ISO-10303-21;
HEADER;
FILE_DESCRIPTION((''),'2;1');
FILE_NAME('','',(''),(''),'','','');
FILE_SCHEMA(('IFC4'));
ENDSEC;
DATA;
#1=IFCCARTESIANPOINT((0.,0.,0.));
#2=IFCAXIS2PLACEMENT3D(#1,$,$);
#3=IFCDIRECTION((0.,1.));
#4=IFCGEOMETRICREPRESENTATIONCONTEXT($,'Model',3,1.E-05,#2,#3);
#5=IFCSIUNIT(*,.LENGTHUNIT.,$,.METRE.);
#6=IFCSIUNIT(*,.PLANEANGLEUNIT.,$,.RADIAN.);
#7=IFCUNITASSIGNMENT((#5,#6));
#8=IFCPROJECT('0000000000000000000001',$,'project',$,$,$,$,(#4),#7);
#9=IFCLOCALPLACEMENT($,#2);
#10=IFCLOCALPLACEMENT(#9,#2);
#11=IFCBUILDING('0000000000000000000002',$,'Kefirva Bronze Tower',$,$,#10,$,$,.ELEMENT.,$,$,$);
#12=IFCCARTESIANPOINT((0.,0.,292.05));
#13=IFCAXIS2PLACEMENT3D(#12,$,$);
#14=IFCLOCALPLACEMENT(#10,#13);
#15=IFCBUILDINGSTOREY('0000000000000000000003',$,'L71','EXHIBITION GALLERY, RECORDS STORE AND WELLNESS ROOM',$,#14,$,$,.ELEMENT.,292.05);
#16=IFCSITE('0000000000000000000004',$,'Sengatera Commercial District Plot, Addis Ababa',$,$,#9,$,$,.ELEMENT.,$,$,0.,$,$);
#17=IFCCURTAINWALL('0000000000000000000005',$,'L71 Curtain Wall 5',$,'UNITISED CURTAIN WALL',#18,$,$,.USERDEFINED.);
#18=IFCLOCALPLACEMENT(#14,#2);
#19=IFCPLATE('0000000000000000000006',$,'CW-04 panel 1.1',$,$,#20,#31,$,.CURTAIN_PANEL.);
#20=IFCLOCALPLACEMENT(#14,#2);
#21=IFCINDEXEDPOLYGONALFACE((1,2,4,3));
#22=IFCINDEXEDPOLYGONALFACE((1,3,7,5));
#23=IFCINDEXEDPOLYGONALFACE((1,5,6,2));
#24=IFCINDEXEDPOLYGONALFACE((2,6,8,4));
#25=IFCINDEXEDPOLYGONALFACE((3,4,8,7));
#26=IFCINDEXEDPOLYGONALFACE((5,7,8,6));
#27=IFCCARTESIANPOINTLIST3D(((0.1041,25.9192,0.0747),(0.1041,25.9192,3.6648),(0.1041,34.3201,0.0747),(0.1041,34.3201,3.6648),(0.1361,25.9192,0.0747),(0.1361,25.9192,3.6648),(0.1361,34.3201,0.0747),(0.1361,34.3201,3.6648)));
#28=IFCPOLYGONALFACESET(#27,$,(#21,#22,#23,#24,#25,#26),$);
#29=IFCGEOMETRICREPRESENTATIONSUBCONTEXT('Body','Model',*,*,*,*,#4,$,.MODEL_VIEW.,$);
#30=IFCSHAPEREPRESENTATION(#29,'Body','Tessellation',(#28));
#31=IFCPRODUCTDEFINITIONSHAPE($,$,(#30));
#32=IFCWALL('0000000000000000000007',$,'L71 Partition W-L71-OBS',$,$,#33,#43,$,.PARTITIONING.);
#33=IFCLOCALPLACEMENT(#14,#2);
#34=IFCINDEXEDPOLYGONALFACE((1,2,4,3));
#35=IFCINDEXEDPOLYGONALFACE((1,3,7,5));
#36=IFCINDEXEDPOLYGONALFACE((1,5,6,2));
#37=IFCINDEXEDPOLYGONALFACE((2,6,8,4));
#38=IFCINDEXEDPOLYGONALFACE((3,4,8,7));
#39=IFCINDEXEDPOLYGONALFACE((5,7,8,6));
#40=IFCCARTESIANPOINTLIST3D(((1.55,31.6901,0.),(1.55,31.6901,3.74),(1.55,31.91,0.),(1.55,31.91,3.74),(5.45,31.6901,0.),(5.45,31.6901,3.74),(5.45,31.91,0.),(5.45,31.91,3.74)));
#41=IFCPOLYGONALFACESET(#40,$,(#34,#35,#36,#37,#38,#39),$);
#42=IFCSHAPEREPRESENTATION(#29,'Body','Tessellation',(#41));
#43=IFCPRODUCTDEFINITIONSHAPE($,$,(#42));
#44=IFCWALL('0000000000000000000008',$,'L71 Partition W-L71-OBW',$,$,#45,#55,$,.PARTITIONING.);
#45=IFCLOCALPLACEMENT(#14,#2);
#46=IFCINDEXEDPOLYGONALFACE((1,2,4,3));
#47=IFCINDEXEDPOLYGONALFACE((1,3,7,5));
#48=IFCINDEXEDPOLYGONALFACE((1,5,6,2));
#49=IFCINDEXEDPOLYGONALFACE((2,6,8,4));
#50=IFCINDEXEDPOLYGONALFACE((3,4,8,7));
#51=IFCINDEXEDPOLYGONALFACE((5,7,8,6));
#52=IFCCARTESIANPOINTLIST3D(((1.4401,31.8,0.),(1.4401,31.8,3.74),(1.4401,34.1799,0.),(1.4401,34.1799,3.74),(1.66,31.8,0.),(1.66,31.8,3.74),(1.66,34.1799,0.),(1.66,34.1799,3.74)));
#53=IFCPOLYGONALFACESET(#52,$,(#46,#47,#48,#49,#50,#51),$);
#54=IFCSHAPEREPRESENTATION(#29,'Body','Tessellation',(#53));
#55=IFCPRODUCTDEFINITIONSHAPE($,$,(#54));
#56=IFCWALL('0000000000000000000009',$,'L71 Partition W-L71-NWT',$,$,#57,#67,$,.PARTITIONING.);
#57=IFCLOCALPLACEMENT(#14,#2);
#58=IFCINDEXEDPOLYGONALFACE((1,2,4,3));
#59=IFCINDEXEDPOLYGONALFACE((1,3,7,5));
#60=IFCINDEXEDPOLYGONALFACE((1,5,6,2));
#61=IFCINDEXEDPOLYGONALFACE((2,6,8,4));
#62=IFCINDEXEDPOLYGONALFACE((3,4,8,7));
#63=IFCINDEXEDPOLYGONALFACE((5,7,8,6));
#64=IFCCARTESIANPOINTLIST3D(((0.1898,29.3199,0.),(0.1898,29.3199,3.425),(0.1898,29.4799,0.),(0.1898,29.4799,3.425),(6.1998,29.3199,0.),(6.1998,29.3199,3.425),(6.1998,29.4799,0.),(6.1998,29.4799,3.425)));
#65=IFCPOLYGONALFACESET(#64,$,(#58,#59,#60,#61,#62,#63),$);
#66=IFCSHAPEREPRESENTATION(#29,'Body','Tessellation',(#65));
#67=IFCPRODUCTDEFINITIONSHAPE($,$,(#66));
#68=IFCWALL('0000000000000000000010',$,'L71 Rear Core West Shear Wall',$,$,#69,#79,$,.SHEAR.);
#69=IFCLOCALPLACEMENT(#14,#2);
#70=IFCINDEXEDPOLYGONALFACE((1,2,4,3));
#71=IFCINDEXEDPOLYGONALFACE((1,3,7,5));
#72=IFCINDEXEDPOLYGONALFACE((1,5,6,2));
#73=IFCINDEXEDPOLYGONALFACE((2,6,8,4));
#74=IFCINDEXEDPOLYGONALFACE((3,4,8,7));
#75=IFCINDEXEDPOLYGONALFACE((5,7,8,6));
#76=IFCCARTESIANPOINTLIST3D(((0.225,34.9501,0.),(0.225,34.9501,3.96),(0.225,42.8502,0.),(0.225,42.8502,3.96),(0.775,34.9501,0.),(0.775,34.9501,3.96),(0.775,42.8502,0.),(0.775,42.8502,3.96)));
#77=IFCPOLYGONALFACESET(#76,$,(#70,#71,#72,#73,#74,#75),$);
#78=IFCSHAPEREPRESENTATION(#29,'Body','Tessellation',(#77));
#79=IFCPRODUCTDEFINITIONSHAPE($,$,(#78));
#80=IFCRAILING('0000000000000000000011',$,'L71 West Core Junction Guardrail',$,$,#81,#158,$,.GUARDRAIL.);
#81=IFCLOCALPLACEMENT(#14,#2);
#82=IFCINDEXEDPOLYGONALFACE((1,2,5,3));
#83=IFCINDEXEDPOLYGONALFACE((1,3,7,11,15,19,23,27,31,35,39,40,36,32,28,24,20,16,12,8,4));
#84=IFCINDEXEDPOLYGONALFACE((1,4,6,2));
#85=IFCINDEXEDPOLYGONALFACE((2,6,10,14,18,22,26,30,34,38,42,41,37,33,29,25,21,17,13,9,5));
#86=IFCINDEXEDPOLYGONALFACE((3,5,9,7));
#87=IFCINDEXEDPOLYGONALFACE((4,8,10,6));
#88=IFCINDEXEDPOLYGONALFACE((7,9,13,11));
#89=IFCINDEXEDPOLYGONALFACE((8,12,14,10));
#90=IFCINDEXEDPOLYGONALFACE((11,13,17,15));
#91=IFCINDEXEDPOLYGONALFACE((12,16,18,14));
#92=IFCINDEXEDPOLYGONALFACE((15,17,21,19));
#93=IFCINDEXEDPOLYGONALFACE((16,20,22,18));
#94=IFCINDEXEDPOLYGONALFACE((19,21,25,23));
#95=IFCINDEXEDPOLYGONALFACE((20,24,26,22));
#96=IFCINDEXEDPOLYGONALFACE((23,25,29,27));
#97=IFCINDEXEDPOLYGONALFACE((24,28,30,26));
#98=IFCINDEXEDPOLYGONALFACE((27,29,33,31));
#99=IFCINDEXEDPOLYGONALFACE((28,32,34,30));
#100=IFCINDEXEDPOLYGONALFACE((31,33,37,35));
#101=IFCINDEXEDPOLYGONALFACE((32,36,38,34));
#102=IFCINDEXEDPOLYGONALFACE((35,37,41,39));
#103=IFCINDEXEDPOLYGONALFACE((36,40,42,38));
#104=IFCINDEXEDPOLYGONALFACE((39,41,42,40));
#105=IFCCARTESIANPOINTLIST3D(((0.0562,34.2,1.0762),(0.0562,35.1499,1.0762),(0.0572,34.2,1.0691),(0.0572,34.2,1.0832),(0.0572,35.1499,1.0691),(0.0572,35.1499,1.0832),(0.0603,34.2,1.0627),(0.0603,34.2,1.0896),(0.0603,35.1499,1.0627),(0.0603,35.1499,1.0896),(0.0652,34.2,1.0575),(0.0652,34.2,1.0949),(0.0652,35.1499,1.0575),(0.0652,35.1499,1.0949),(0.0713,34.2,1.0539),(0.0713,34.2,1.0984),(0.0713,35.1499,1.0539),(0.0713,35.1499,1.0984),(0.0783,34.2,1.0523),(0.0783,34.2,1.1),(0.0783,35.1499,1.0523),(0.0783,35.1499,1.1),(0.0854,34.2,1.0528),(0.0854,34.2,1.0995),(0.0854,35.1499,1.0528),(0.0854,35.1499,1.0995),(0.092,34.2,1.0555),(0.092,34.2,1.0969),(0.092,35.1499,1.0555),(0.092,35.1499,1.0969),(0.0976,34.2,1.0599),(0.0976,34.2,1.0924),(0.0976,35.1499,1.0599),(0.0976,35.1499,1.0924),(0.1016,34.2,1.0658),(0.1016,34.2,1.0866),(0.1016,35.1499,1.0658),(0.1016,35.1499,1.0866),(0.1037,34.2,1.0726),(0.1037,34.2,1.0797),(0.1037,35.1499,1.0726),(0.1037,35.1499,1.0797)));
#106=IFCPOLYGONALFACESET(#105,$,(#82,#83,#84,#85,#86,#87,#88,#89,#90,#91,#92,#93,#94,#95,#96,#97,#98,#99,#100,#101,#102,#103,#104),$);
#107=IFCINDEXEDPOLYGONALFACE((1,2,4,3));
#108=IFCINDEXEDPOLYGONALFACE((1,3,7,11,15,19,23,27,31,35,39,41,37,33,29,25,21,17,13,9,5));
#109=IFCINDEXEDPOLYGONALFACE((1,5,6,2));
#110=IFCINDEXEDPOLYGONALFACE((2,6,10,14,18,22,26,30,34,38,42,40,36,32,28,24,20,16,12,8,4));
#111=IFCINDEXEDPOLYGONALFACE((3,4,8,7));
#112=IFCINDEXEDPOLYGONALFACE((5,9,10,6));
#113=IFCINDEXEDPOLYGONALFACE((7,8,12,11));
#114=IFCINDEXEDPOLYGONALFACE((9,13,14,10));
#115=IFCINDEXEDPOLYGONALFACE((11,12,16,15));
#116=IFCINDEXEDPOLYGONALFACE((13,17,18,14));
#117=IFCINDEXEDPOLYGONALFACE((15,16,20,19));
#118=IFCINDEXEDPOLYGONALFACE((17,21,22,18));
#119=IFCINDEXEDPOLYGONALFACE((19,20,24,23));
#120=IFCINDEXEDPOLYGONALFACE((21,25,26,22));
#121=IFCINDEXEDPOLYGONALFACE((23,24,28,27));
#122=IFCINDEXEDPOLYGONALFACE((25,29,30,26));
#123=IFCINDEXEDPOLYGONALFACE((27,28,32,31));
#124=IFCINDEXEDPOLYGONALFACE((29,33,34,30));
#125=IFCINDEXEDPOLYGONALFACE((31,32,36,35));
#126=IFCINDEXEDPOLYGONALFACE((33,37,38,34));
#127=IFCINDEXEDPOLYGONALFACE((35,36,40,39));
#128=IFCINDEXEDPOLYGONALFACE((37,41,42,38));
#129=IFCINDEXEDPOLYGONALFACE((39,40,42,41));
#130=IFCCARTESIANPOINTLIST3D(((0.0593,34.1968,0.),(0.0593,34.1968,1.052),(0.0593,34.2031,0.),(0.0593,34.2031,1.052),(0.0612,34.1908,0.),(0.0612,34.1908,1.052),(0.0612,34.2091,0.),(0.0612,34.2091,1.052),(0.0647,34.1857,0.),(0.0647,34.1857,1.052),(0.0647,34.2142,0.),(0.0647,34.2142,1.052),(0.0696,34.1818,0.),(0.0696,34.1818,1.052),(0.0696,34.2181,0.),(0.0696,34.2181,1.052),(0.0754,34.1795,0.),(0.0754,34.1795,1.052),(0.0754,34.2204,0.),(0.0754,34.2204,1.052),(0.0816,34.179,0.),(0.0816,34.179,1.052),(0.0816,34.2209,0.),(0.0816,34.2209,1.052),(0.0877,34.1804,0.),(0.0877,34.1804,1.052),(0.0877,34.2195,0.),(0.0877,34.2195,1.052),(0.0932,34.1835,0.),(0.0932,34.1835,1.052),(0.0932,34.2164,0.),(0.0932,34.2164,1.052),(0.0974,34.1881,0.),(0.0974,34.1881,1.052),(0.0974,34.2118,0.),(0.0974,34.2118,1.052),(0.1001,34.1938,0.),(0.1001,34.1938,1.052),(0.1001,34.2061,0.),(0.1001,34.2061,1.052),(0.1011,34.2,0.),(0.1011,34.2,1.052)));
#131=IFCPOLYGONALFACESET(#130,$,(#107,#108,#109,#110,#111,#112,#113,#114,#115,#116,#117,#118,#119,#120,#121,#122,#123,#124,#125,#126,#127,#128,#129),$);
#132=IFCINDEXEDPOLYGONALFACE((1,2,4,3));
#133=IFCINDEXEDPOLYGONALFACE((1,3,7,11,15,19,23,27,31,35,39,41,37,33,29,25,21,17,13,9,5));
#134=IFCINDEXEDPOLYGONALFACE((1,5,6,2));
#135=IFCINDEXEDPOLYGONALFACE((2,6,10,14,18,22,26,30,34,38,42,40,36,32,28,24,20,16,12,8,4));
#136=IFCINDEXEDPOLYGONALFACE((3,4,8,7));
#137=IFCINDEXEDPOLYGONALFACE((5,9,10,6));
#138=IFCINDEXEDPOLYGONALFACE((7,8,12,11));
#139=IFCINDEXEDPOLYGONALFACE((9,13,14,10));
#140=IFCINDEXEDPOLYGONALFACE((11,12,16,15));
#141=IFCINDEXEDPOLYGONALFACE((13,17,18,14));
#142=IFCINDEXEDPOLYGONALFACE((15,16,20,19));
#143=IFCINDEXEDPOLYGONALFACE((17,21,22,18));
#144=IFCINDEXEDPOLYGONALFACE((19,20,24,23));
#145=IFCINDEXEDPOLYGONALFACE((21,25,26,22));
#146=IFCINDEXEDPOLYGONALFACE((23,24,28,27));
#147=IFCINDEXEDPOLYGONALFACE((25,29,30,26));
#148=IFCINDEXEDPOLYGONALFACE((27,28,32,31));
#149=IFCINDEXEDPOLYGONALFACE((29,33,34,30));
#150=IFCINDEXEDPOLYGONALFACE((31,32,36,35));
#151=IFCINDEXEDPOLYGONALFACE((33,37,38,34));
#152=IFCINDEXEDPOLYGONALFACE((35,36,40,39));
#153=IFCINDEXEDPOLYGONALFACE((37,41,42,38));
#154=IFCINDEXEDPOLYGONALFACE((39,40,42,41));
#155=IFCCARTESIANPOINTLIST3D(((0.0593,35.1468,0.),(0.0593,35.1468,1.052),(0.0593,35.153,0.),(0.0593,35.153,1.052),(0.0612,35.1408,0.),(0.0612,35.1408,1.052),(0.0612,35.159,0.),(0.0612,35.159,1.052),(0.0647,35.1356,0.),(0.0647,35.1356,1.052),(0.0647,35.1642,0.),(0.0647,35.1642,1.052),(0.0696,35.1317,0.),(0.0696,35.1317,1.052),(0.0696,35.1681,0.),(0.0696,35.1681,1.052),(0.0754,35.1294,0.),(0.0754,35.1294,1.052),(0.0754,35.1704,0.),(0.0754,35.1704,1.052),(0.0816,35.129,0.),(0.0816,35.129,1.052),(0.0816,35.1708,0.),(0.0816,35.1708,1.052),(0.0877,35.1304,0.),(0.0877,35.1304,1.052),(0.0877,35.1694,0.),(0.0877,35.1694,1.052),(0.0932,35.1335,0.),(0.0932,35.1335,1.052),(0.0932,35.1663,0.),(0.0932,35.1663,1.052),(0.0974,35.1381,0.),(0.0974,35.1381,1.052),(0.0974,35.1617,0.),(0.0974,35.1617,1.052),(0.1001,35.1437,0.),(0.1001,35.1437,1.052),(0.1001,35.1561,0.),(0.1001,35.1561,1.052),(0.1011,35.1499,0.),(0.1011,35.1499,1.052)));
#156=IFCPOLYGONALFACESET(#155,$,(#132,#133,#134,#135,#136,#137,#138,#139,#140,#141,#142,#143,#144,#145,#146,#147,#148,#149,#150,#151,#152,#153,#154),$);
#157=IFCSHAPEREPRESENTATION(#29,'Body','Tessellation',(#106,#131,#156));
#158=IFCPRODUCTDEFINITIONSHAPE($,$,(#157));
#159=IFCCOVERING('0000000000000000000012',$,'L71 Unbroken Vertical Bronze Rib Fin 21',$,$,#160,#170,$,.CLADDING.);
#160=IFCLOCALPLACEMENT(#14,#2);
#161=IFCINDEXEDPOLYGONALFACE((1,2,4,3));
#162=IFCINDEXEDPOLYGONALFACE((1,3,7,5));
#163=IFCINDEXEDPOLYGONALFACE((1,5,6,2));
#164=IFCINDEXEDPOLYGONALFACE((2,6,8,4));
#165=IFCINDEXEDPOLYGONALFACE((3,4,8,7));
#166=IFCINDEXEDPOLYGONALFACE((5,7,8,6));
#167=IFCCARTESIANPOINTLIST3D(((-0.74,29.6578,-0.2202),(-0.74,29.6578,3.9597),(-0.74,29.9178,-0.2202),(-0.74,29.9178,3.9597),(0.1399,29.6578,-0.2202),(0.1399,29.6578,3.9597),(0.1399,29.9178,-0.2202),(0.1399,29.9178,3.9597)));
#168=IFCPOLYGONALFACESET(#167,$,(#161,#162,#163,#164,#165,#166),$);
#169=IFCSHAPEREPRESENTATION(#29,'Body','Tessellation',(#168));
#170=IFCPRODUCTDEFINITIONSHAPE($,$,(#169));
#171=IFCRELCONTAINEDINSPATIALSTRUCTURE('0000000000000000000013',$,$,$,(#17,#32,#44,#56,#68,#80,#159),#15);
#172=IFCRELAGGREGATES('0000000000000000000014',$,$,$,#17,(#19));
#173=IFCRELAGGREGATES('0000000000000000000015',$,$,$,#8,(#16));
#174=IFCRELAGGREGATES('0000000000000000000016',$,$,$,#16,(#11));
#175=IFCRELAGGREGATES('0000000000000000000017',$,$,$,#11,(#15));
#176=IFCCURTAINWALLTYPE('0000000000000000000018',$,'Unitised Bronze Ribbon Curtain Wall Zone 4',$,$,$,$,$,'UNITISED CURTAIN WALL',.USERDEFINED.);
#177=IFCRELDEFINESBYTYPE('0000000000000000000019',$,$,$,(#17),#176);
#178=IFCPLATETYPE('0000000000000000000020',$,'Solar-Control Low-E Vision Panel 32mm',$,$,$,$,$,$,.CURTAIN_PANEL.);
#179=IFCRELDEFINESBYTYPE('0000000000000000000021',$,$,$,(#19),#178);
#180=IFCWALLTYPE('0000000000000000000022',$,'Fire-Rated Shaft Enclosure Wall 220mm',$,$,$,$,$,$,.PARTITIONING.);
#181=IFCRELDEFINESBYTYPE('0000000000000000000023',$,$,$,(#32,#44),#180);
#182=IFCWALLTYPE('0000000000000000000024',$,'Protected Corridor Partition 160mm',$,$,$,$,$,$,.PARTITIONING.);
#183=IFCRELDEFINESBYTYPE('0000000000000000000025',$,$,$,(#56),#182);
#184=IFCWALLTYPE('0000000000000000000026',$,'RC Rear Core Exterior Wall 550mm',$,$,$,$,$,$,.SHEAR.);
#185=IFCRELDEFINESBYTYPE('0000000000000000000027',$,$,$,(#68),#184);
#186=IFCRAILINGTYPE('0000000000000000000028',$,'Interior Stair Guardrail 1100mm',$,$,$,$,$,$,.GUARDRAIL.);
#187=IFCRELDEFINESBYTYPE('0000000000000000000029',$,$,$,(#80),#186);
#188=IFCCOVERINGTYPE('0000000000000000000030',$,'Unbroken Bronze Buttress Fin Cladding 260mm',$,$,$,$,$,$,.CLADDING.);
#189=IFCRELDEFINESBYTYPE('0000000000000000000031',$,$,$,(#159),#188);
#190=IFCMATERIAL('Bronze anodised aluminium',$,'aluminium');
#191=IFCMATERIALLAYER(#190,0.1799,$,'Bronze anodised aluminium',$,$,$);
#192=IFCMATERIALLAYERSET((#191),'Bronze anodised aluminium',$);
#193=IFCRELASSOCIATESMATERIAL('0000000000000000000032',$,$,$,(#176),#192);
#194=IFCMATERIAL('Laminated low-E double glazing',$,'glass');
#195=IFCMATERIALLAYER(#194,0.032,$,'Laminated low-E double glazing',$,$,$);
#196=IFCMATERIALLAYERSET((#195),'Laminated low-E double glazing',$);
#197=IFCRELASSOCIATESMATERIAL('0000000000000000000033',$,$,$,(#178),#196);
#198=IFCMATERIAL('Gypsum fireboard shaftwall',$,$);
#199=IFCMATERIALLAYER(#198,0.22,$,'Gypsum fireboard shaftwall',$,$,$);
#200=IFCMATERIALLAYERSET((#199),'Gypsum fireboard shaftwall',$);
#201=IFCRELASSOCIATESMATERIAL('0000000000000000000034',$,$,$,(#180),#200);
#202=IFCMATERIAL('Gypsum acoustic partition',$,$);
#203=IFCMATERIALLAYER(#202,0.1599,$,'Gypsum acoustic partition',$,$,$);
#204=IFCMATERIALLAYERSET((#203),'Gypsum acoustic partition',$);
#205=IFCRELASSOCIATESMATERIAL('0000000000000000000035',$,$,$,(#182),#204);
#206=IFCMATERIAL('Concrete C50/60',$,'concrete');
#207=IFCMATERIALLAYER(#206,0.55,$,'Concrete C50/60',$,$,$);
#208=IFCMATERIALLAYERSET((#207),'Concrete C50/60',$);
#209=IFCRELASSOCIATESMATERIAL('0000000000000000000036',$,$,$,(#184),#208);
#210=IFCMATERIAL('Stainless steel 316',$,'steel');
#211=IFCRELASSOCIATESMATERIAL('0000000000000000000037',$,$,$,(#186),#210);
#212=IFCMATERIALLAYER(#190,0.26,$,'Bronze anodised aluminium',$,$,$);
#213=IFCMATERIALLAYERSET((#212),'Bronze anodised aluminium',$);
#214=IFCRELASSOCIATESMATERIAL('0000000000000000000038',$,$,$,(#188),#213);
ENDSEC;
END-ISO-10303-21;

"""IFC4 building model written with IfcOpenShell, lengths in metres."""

from ifc_helpers import new_model, si_unit, direction, frame, frame_2d, origin, origin_2d, place, context, subcontext, project, spatial, rectangle, circle, extrude, material, layer, layer_set, type_object, element, aggregate, save


model = new_model("IFC4")

# Units and contexts
model_context = context("Model", 3, precision=1e-05, world=origin(), true_north=direction((0.0, 1.0)))
body_context = subcontext(model_context, "Body", "Model", "MODEL_VIEW")
ifc_project = project(units=[si_unit("LENGTHUNIT", "METRE"), si_unit("PLANEANGLEUNIT", "RADIAN")], contexts=[model_context])

# Site, building, storey
site_placement = place(None, origin())
site = spatial("IfcSite", under=ifc_project, at=site_placement, Name="Sengatera Commercial District Plot, Addis Ababa", CompositionType="ELEMENT", RefElevation=0.0)
building_placement = place(site_placement, origin())
building = spatial("IfcBuilding", under=site, at=building_placement, Name="Kefirva Bronze Tower", CompositionType="ELEMENT")
storey_placement = place(building_placement, frame((0.0, 0.0, 292.05)))
storey = spatial("IfcBuildingStorey", under=building, at=storey_placement, Name="L71", Description="EXHIBITION GALLERY, RECORDS STORE AND WELLNESS ROOM", CompositionType="ELEMENT", Elevation=292.05)

# Shared definitions
ifc_material_1 = material(Name="Concrete C50/60", Category="concrete")

# Curtain wall
ifc_material_2 = material(Name="Bronze anodised aluminium", Category="aluminium")
ifc_layer_1 = layer(ifc_material_2, 0.1799, Name="Bronze anodised aluminium")
ifc_layer_set_1 = layer_set([ifc_layer_1], Name="Bronze anodised aluminium")
curtain_wall_type = type_object("IfcCurtainWallType", Name="Unitised Bronze Ribbon Curtain Wall Zone 4", ElementType="UNITISED CURTAIN WALL", PredefinedType="USERDEFINED", material=ifc_layer_set_1)
curtain_wall_placement = place(storey_placement, origin())
curtain_wall = element("IfcCurtainWall", 1, at=curtain_wall_placement, inside=storey, type_object=curtain_wall_type, Name="L71 Curtain Wall 5", ObjectType="UNITISED CURTAIN WALL", PredefinedType="USERDEFINED")

# Plate
ifc_material_3 = material(Name="Laminated low-E double glazing", Category="glass")
ifc_layer_2 = layer(ifc_material_3, 0.032, Name="Laminated low-E double glazing")
ifc_layer_set_2 = layer_set([ifc_layer_2], Name="Laminated low-E double glazing")
plate_type = type_object("IfcPlateType", Name="Solar-Control Low-E Vision Panel 32mm", PredefinedType="CURTAIN_PANEL", material=ifc_layer_set_2)
plate_placement = place(storey_placement, frame((0.1201, 30.1196, 0.0747), z_axis=(0.0, 0.0, 1.0), x_axis=(0.0, -1.0, 0.0)))
plate = element("IfcPlate", 2, at=plate_placement, type_object=plate_type, Name="CW-04 panel 1.1", PredefinedType="CURTAIN_PANEL", context=body_context, shape_type="SweptSolid", body=[
    extrude(rectangle(XDim=8.4009, YDim=0.032, at=origin_2d()), origin(), (0.0, 0.0, 1.0), 3.5901),
])
aggregate(curtain_wall, [plate])

# Walls
ifc_material_4 = material(Name="Gypsum fireboard shaftwall")
ifc_layer_3 = layer(ifc_material_4, 0.22, Name="Gypsum fireboard shaftwall")
ifc_layer_set_3 = layer_set([ifc_layer_3], Name="Gypsum fireboard shaftwall")
wall_type_1 = type_object("IfcWallType", Name="Fire-Rated Shaft Enclosure Wall 220mm", PredefinedType="PARTITIONING", material=ifc_layer_set_3)
wall_1_placement = place(storey_placement, frame((1.55, 31.8, 0.0), z_axis=(0.0, 0.0, 1.0), x_axis=(1.0, 0.0, 0.0)))
element("IfcWall", 3, at=wall_1_placement, inside=storey, type_object=wall_type_1, Name="L71 Partition W-L71-OBS", PredefinedType="PARTITIONING", context=body_context, shape_type="SweptSolid", body=[
    extrude(rectangle(XDim=3.8999, YDim=0.22, at=frame_2d((1.95, 0.0))), origin(), (0.0, 0.0, 1.0), 3.74),
])
wall_2_placement = place(storey_placement, frame((1.55, 31.8, 0.0), z_axis=(0.0, 0.0, 1.0), x_axis=(0.0, 1.0, 0.0)))
element("IfcWall", 4, at=wall_2_placement, inside=storey, type_object=wall_type_1, Name="L71 Partition W-L71-OBW", PredefinedType="PARTITIONING", context=body_context, shape_type="SweptSolid", body=[
    extrude(rectangle(XDim=2.3799, YDim=0.22, at=frame_2d((1.1899, 0.0))), origin(), (0.0, 0.0, 1.0), 3.74),
])
ifc_material_5 = material(Name="Gypsum acoustic partition")
ifc_layer_4 = layer(ifc_material_5, 0.1599, Name="Gypsum acoustic partition")
ifc_layer_set_4 = layer_set([ifc_layer_4], Name="Gypsum acoustic partition")
wall_type_2 = type_object("IfcWallType", Name="Protected Corridor Partition 160mm", PredefinedType="PARTITIONING", material=ifc_layer_set_4)
wall_3_placement = place(storey_placement, frame((0.1899, 29.3999, 0.0), z_axis=(0.0, 0.0, 1.0), x_axis=(1.0, 0.0, 0.0)))
element("IfcWall", 5, at=wall_3_placement, inside=storey, type_object=wall_type_2, Name="L71 Partition W-L71-NWT", PredefinedType="PARTITIONING", context=body_context, shape_type="SweptSolid", body=[
    extrude(rectangle(XDim=6.01, YDim=0.1599, at=frame_2d((3.0049, 0.0))), origin(), (0.0, 0.0, 1.0), 3.425),
])
ifc_layer_5 = layer(ifc_material_1, 0.55, Name="Concrete C50/60")
ifc_layer_set_5 = layer_set([ifc_layer_5], Name="Concrete C50/60")
wall_type_3 = type_object("IfcWallType", Name="RC Rear Core Exterior Wall 550mm", PredefinedType="SHEAR", material=ifc_layer_set_5)
wall_4_placement = place(storey_placement, frame((0.5, 34.95, 0.0), z_axis=(0.0, 0.0, 1.0), x_axis=(0.0, 1.0, 0.0)))
element("IfcWall", 6, at=wall_4_placement, inside=storey, type_object=wall_type_3, Name="L71 Rear Core West Shear Wall", PredefinedType="SHEAR", context=body_context, shape_type="SweptSolid", body=[
    extrude(rectangle(XDim=7.9001, YDim=0.55, at=frame_2d((3.9502, 0.0))), origin(), (0.0, 0.0, 1.0), 3.96),
])

# Railing
ifc_material_6 = material(Name="Stainless steel 316", Category="steel")
railing_type = type_object("IfcRailingType", Name="Interior Stair Guardrail 1100mm", PredefinedType="GUARDRAIL", material=ifc_material_6)
railing_placement = place(storey_placement, frame((0.0801, 34.2, 0.0)))
element("IfcRailing", 7, at=railing_placement, inside=storey, type_object=railing_type, Name="L71 West Core Junction Guardrail", PredefinedType="GUARDRAIL", context=body_context, shape_type="SweptSolid", body=[
    extrude(circle(Radius=0.0239, at=origin_2d()), frame((0.0, 0.0, 1.0762), z_axis=(0.0, 1.0, 0.0), x_axis=(-1.0, 0.0, 0.0)), (0.0, 0.0, 1.0), 0.95),
    extrude(circle(Radius=0.021, at=origin_2d()), origin(), (0.0, 0.0, 1.0), 1.052),
    extrude(circle(Radius=0.021, at=origin_2d()), frame((0.0, 0.95, 0.0)), (0.0, 0.0, 1.0), 1.052),
])

# Covering
ifc_layer_6 = layer(ifc_material_2, 0.26, Name="Bronze anodised aluminium")
ifc_layer_set_6 = layer_set([ifc_layer_6], Name="Bronze anodised aluminium")
covering_type = type_object("IfcCoveringType", Name="Unbroken Bronze Buttress Fin Cladding 260mm", PredefinedType="CLADDING", material=ifc_layer_set_6)
covering_placement = place(storey_placement, frame((-0.3, 29.7878, -0.2202), z_axis=(0.0, 0.0, 1.0), x_axis=(0.0, -1.0, 0.0)))
element("IfcCovering", 8, at=covering_placement, inside=storey, type_object=covering_type, Name="L71 Unbroken Vertical Bronze Rib Fin 21", PredefinedType="CLADDING", context=body_context, shape_type="SweptSolid", body=[
    extrude(rectangle(XDim=0.26, YDim=0.8799, at=origin_2d()), origin(), (0.0, 0.0, 1.0), 4.1799),
])

save(model, "model.ifc")
